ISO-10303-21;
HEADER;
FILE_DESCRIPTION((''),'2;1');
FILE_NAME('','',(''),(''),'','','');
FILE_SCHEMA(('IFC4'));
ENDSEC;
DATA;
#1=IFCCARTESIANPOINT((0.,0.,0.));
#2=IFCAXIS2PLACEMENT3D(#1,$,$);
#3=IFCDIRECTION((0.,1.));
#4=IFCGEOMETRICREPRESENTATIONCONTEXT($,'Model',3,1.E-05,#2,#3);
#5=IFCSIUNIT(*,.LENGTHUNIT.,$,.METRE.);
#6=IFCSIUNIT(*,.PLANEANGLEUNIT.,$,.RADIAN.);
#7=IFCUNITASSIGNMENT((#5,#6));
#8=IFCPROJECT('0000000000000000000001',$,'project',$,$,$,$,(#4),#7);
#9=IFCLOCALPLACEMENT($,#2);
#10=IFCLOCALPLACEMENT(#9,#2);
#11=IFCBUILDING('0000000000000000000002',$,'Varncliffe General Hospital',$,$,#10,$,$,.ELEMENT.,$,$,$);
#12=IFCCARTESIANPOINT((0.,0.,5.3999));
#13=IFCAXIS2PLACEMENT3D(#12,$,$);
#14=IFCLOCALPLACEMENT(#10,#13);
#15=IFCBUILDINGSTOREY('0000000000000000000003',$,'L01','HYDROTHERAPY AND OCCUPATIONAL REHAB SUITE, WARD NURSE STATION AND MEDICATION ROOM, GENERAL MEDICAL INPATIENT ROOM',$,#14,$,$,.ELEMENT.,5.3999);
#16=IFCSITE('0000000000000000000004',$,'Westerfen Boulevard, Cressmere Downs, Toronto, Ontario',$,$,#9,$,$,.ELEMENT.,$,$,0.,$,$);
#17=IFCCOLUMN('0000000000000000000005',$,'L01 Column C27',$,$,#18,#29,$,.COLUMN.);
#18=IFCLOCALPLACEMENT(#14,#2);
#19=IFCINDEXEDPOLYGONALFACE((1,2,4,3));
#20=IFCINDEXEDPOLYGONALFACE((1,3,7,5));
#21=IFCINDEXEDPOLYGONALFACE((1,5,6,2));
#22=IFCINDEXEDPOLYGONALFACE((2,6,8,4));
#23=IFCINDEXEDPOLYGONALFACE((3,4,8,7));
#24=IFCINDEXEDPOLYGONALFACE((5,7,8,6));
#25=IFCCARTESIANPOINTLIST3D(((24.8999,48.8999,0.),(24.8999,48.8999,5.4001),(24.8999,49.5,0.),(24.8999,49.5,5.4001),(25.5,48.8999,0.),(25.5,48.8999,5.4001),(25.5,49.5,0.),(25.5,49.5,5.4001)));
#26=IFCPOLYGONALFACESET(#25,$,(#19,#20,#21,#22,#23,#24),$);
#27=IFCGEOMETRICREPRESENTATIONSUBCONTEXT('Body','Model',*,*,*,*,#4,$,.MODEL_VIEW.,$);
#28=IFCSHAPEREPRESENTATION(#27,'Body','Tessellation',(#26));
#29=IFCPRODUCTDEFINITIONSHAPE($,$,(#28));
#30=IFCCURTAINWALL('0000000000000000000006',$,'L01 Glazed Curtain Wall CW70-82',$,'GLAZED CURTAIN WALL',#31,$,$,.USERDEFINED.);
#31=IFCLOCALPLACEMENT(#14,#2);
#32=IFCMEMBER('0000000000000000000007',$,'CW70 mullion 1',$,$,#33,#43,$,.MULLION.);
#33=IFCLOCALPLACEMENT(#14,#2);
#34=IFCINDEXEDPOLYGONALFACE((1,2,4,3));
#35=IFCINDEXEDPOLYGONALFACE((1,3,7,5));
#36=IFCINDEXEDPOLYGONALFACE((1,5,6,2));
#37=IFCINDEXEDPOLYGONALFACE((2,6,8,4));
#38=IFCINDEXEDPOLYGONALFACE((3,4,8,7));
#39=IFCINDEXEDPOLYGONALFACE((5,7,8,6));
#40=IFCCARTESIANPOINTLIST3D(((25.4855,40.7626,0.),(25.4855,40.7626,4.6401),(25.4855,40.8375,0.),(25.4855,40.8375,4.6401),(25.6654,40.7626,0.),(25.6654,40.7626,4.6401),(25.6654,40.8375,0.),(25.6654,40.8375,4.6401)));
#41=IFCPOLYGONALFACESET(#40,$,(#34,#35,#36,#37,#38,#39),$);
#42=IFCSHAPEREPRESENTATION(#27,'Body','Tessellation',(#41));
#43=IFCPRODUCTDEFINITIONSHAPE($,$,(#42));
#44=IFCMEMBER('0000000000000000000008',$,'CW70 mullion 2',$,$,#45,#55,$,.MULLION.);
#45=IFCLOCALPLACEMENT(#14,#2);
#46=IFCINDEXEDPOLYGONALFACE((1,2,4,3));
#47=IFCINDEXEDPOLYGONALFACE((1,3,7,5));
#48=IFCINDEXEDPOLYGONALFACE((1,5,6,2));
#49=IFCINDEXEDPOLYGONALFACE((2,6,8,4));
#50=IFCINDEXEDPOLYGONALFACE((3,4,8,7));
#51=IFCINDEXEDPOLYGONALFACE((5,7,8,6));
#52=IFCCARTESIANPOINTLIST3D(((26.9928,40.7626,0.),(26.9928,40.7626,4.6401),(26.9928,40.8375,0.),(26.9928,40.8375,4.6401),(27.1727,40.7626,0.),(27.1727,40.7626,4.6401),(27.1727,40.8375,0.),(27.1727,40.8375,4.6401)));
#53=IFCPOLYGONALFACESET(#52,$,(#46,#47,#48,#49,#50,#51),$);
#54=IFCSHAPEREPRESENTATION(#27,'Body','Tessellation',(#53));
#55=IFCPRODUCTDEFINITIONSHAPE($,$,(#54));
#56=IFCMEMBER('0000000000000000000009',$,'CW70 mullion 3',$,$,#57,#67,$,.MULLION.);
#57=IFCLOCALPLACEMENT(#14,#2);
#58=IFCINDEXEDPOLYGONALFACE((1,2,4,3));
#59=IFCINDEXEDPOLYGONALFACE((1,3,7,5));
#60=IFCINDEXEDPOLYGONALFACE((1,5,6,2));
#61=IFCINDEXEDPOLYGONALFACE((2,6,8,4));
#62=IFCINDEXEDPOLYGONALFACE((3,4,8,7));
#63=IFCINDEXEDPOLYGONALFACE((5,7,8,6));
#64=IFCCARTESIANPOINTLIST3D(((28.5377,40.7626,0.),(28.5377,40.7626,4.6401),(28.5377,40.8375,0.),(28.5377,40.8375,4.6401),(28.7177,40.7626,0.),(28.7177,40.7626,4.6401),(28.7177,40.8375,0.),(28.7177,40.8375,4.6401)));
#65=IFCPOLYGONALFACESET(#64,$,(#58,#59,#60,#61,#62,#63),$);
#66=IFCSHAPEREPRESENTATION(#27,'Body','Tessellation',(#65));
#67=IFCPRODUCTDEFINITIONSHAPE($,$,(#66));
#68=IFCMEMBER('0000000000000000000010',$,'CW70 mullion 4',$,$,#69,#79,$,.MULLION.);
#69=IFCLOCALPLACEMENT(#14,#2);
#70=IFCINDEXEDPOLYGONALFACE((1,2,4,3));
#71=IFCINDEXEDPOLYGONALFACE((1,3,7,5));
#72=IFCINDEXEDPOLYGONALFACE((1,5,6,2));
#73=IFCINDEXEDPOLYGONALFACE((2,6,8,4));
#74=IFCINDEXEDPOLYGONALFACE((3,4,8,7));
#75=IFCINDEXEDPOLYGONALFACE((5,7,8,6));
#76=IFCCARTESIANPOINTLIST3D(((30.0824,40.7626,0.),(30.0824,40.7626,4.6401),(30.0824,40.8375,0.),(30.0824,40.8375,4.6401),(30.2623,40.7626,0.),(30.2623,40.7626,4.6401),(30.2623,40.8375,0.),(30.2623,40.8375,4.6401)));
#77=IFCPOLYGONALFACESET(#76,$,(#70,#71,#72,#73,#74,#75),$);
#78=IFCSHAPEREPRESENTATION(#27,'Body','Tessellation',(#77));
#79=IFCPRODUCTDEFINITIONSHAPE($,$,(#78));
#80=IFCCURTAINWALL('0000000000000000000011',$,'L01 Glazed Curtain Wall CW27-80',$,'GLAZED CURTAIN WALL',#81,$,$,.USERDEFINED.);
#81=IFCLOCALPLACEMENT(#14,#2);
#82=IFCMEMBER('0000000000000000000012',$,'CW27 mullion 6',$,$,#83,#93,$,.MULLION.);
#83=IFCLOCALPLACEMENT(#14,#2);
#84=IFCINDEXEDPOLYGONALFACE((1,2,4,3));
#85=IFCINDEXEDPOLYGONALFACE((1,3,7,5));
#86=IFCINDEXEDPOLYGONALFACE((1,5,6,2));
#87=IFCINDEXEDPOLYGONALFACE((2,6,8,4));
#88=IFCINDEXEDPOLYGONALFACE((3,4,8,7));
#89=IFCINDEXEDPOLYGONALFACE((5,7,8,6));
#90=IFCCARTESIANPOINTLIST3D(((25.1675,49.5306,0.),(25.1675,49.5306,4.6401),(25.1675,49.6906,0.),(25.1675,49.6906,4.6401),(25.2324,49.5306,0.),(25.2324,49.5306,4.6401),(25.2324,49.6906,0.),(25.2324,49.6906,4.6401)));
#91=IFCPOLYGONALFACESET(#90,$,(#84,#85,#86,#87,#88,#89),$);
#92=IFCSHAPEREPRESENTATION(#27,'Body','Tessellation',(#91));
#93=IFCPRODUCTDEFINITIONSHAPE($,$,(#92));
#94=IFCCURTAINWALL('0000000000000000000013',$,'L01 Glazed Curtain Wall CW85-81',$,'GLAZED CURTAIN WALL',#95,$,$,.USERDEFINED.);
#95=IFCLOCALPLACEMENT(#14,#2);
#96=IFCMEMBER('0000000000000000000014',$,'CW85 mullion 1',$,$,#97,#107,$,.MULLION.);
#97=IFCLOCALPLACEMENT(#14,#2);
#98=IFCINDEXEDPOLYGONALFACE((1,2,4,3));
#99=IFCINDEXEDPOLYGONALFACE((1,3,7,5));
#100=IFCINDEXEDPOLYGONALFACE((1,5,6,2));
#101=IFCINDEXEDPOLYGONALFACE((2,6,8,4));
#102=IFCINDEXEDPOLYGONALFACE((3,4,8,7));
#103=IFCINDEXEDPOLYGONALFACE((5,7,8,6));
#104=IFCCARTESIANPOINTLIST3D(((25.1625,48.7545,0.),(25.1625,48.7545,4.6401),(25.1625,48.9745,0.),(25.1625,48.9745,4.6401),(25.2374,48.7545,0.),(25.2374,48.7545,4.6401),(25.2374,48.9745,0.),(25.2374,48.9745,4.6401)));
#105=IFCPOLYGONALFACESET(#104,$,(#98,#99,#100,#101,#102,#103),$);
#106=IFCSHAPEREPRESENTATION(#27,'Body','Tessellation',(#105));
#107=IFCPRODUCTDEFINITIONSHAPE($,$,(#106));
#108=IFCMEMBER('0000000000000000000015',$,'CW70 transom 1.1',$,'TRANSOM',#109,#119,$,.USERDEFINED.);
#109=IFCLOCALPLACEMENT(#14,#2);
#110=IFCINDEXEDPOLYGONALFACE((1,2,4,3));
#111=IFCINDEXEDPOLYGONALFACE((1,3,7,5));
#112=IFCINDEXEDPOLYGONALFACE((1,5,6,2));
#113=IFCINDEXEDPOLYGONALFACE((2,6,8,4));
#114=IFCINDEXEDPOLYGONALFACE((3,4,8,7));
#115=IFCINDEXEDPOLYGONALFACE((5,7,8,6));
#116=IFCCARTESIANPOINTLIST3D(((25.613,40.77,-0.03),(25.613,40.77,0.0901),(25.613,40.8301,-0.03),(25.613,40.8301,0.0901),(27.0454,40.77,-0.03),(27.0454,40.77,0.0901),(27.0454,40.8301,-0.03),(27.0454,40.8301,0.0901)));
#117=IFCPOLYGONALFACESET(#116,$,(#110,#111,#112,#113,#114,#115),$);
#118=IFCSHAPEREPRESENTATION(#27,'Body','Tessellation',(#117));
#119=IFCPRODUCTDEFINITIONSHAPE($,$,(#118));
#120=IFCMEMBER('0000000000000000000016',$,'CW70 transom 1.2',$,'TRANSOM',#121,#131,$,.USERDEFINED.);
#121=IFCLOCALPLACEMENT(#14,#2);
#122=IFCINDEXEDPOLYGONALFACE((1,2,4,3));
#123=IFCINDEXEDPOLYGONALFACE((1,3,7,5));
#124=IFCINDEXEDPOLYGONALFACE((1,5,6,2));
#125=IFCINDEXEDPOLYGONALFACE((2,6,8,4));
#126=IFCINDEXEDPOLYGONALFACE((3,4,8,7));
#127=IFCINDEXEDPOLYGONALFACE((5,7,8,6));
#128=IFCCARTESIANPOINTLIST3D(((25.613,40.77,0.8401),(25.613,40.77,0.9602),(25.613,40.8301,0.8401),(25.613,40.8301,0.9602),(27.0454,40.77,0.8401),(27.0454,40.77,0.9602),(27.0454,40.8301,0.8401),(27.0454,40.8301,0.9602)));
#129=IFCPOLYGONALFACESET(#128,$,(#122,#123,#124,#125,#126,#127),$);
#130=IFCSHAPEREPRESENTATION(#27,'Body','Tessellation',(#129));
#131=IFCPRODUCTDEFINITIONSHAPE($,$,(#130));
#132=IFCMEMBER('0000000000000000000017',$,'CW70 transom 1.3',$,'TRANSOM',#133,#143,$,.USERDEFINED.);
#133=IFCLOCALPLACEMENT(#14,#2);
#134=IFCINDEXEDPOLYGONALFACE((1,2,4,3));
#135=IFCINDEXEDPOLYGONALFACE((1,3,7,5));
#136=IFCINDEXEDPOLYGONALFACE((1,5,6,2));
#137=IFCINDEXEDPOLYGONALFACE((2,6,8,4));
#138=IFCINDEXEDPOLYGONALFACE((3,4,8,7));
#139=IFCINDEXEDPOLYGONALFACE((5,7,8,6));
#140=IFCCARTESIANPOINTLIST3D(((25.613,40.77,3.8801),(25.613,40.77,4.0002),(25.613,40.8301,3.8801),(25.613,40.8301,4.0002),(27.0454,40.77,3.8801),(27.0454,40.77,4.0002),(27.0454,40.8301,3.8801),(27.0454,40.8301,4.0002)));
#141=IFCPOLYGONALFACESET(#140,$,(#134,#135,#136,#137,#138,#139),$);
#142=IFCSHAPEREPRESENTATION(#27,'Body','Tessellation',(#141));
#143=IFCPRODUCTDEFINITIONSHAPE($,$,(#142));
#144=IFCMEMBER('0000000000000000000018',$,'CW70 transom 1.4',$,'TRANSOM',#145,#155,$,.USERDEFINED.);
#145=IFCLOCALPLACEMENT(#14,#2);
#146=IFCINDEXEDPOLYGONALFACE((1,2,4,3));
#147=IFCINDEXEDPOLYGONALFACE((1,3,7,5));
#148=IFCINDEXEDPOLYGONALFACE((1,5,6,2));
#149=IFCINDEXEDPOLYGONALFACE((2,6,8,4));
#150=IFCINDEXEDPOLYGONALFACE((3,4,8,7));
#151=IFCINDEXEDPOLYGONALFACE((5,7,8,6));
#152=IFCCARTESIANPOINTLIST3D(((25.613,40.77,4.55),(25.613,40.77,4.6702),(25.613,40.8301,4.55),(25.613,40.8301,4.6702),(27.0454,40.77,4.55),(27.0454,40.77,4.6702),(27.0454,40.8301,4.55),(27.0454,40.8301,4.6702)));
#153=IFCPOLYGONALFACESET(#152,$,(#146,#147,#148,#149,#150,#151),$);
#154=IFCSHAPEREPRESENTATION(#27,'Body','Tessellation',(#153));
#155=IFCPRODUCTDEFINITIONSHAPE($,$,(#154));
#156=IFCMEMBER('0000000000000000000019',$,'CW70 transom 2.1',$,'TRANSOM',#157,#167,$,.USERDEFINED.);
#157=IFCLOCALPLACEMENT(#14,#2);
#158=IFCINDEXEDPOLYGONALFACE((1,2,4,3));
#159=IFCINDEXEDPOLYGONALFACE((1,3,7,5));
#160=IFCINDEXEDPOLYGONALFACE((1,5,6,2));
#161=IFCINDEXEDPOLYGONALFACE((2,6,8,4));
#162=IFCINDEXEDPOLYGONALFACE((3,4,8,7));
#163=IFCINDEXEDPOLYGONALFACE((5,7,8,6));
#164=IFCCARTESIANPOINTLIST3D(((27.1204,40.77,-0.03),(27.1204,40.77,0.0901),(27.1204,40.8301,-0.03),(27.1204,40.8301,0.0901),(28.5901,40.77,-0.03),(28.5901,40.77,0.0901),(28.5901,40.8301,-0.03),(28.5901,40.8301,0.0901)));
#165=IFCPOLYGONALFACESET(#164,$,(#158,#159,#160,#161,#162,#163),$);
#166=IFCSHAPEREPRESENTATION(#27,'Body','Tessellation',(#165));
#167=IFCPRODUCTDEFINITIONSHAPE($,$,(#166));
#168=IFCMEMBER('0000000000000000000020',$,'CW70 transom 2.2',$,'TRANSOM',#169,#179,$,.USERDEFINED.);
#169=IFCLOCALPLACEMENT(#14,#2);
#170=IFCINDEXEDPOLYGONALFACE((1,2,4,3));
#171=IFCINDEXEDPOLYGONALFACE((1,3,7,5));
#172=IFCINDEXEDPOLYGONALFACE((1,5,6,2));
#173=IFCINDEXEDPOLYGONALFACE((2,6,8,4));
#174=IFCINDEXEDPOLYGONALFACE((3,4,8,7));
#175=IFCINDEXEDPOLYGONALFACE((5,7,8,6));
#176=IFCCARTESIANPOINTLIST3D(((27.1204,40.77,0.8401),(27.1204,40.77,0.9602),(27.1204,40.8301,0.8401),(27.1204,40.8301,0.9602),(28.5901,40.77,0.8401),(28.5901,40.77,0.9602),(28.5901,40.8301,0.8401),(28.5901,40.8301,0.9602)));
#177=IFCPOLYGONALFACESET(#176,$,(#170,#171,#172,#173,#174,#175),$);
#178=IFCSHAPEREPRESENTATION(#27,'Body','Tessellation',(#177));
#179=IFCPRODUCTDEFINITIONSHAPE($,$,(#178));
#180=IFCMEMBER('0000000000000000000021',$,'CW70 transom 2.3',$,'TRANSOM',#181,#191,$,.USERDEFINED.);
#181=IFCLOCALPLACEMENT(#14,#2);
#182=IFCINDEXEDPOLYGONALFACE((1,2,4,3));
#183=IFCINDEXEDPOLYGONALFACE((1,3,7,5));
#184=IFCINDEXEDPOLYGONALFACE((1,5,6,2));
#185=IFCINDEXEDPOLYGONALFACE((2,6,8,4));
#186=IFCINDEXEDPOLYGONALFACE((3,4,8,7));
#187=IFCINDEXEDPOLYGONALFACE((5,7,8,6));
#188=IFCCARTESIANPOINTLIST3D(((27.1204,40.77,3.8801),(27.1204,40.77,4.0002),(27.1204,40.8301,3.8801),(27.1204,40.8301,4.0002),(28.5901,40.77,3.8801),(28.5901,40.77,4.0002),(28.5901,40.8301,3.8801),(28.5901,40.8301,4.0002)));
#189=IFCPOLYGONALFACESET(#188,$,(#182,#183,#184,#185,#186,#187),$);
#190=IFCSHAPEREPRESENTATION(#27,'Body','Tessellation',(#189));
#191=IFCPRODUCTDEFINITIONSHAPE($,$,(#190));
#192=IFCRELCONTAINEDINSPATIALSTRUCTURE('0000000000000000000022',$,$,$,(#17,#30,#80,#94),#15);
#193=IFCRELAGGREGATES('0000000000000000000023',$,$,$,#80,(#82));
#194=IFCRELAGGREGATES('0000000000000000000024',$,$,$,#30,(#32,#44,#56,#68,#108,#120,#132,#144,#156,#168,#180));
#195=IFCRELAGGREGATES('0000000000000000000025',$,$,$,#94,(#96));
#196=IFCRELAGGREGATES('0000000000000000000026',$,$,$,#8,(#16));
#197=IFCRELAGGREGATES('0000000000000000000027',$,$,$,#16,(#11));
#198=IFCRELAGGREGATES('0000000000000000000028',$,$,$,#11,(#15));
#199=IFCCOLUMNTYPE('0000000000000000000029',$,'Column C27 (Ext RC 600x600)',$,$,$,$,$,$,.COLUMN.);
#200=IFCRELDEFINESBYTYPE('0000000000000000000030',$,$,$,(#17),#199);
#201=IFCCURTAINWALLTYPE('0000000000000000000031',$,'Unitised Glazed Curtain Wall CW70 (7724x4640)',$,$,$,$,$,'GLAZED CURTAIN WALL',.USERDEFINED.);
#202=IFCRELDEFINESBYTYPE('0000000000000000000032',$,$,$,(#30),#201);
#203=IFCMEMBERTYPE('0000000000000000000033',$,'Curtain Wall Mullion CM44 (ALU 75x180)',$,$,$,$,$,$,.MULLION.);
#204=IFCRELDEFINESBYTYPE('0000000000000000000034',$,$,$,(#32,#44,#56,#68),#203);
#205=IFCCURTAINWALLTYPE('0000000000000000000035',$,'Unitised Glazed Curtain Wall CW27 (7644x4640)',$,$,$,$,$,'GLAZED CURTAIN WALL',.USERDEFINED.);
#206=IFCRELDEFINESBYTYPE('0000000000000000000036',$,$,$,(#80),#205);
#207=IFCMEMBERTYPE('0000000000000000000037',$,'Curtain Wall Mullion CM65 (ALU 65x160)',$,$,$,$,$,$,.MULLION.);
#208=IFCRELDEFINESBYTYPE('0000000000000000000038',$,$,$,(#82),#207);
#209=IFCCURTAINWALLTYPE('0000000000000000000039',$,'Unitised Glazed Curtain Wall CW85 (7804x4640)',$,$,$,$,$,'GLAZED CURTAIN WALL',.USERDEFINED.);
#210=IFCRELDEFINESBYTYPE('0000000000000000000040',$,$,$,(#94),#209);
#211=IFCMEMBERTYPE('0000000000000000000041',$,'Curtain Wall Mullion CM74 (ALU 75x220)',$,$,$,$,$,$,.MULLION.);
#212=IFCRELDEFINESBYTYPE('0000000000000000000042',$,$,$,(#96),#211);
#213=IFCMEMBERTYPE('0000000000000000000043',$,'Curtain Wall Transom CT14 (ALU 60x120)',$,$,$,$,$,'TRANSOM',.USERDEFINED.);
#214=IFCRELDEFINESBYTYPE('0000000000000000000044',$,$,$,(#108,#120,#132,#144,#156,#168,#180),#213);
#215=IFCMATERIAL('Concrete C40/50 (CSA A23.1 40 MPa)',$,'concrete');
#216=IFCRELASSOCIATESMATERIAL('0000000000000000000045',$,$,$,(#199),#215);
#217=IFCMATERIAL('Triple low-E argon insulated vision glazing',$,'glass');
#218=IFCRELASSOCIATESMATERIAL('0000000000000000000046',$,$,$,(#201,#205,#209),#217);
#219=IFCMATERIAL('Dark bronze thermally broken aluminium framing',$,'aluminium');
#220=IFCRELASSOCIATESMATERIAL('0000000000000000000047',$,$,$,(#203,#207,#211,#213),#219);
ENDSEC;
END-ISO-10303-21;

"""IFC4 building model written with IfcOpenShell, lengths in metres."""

from ifc_helpers import new_model, si_unit, direction, frame, origin, origin_2d, place, context, subcontext, project, spatial, rectangle, extrude, material, material_profile, profile_set, type_object, element, aggregate, save


model = new_model("IFC4")

# Units and contexts
model_context = context("Model", 3, precision=1e-05, world=origin(), true_north=direction((0.0, 1.0)))
body_context = subcontext(model_context, "Body", "Model", "MODEL_VIEW")
ifc_project = project(units=[si_unit("LENGTHUNIT", "METRE"), si_unit("PLANEANGLEUNIT", "RADIAN")], contexts=[model_context])

# Site, building, storey
site_placement = place(None, origin())
site = spatial("IfcSite", under=ifc_project, at=site_placement, Name="Westerfen Boulevard, Cressmere Downs, Toronto, Ontario", CompositionType="ELEMENT", RefElevation=0.0)
building_placement = place(site_placement, origin())
building = spatial("IfcBuilding", under=site, at=building_placement, Name="Varncliffe General Hospital", CompositionType="ELEMENT")
storey_placement = place(building_placement, frame((0.0, 0.0, 5.3999)))
storey = spatial("IfcBuildingStorey", under=building, at=storey_placement, Name="L01", Description="HYDROTHERAPY AND OCCUPATIONAL REHAB SUITE, WARD NURSE STATION AND MEDICATION ROOM, GENERAL MEDICAL INPATIENT ROOM", CompositionType="ELEMENT", Elevation=5.3999)

# Column
ifc_material_1 = material(Name="Concrete C40/50 (CSA A23.1 40 MPa)", Category="concrete")
ifc_material_profile_1 = material_profile(ifc_material_1, rectangle(XDim=0.6001, YDim=0.6001, at=origin_2d()), Name="RC 600x600")
ifc_profile_set_1 = profile_set([ifc_material_profile_1], Name="Concrete C40/50 (CSA A23.1 40 MPa)")
column_type = type_object("IfcColumnType", Name="Column C27 (Ext RC 600x600)", PredefinedType="COLUMN", material=ifc_profile_set_1)
column_placement = place(storey_placement, frame((25.2, 49.2, 0.0), z_axis=(0.0, 0.0, 1.0), x_axis=(1.0, 0.0, 0.0)))
element("IfcColumn", 1, at=column_placement, inside=storey, type_object=column_type, Name="L01 Column C27", PredefinedType="COLUMN", context=body_context, shape_type="SweptSolid", body=[
    extrude(rectangle(XDim=0.6001, YDim=0.6001, at=origin_2d()), origin(), (0.0, 0.0, 1.0), 5.4001),
])

# Curtain wall, members
ifc_material_2 = material(Name="Triple low-E argon insulated vision glazing", Category="glass")
curtain_wall_type_1 = type_object("IfcCurtainWallType", Name="Unitised Glazed Curtain Wall CW70 (7724x4640)", ElementType="GLAZED CURTAIN WALL", PredefinedType="USERDEFINED", material=ifc_material_2)
curtain_wall_1_placement = place(storey_placement, origin())
curtain_wall_1 = element("IfcCurtainWall", 2, at=curtain_wall_1_placement, inside=storey, type_object=curtain_wall_type_1, Name="L01 Glazed Curtain Wall CW70-82", ObjectType="GLAZED CURTAIN WALL", PredefinedType="USERDEFINED")
ifc_material_3 = material(Name="Dark bronze thermally broken aluminium framing", Category="aluminium")
ifc_material_profile_2 = material_profile(ifc_material_3, rectangle(XDim=0.075, YDim=0.1799, at=origin_2d()), Name="ALU 75x180")
ifc_profile_set_2 = profile_set([ifc_material_profile_2], Name="Dark bronze thermally broken aluminium framing")
member_type_1 = type_object("IfcMemberType", Name="Curtain Wall Mullion CM44 (ALU 75x180)", PredefinedType="MULLION", material=ifc_profile_set_2)
member_1_placement = place(storey_placement, frame((25.5754, 40.8, 0.0), z_axis=(0.0, 0.0, 1.0), x_axis=(0.0, 1.0, 0.0)))
member_1 = element("IfcMember", 3, at=member_1_placement, type_object=member_type_1, Name="CW70 mullion 1", PredefinedType="MULLION", context=body_context, shape_type="SweptSolid", body=[
    extrude(rectangle(XDim=0.075, YDim=0.1799, at=origin_2d()), origin(), (0.0, 0.0, 1.0), 4.6401),
])
member_2_placement = place(storey_placement, frame((27.0828, 40.8, 0.0), z_axis=(0.0, 0.0, 1.0), x_axis=(0.0, 1.0, 0.0)))
member_2 = element("IfcMember", 4, at=member_2_placement, type_object=member_type_1, Name="CW70 mullion 2", PredefinedType="MULLION", context=body_context, shape_type="SweptSolid", body=[
    extrude(rectangle(XDim=0.075, YDim=0.1799, at=origin_2d()), origin(), (0.0, 0.0, 1.0), 4.6401),
])
member_3_placement = place(storey_placement, frame((28.6277, 40.8, 0.0), z_axis=(0.0, 0.0, 1.0), x_axis=(0.0, 1.0, 0.0)))
member_3 = element("IfcMember", 5, at=member_3_placement, type_object=member_type_1, Name="CW70 mullion 3", PredefinedType="MULLION", context=body_context, shape_type="SweptSolid", body=[
    extrude(rectangle(XDim=0.075, YDim=0.1799, at=origin_2d()), origin(), (0.0, 0.0, 1.0), 4.6401),
])
member_4_placement = place(storey_placement, frame((30.1724, 40.8, 0.0), z_axis=(0.0, 0.0, 1.0), x_axis=(0.0, 1.0, 0.0)))
member_4 = element("IfcMember", 6, at=member_4_placement, type_object=member_type_1, Name="CW70 mullion 4", PredefinedType="MULLION", context=body_context, shape_type="SweptSolid", body=[
    extrude(rectangle(XDim=0.075, YDim=0.1799, at=origin_2d()), origin(), (0.0, 0.0, 1.0), 4.6401),
])

# Curtain walls, members
curtain_wall_type_2 = type_object("IfcCurtainWallType", Name="Unitised Glazed Curtain Wall CW27 (7644x4640)", ElementType="GLAZED CURTAIN WALL", PredefinedType="USERDEFINED", material=ifc_material_2)
curtain_wall_2_placement = place(storey_placement, origin())
curtain_wall_2 = element("IfcCurtainWall", 7, at=curtain_wall_2_placement, inside=storey, type_object=curtain_wall_type_2, Name="L01 Glazed Curtain Wall CW27-80", ObjectType="GLAZED CURTAIN WALL", PredefinedType="USERDEFINED")
ifc_material_profile_3 = material_profile(ifc_material_3, rectangle(XDim=0.0649, YDim=0.1599, at=origin_2d()), Name="ALU 65x160")
ifc_profile_set_3 = profile_set([ifc_material_profile_3], Name="Dark bronze thermally broken aluminium framing")
member_type_2 = type_object("IfcMemberType", Name="Curtain Wall Mullion CM65 (ALU 65x160)", PredefinedType="MULLION", material=ifc_profile_set_3)
member_5_placement = place(storey_placement, frame((25.2, 49.6106, 0.0), z_axis=(0.0, 0.0, 1.0), x_axis=(1.0, 0.0, 0.0)))
member_5 = element("IfcMember", 8, at=member_5_placement, type_object=member_type_2, Name="CW27 mullion 6", PredefinedType="MULLION", context=body_context, shape_type="SweptSolid", body=[
    extrude(rectangle(XDim=0.0649, YDim=0.1599, at=origin_2d()), origin(), (0.0, 0.0, 1.0), 4.6401),
])
aggregate(curtain_wall_2, [member_5])
curtain_wall_type_3 = type_object("IfcCurtainWallType", Name="Unitised Glazed Curtain Wall CW85 (7804x4640)", ElementType="GLAZED CURTAIN WALL", PredefinedType="USERDEFINED", material=ifc_material_2)
curtain_wall_3_placement = place(storey_placement, origin())
curtain_wall_3 = element("IfcCurtainWall", 9, at=curtain_wall_3_placement, inside=storey, type_object=curtain_wall_type_3, Name="L01 Glazed Curtain Wall CW85-81", ObjectType="GLAZED CURTAIN WALL", PredefinedType="USERDEFINED")
ifc_material_profile_4 = material_profile(ifc_material_3, rectangle(XDim=0.075, YDim=0.22, at=origin_2d()), Name="ALU 75x220")
ifc_profile_set_4 = profile_set([ifc_material_profile_4], Name="Dark bronze thermally broken aluminium framing")
member_type_3 = type_object("IfcMemberType", Name="Curtain Wall Mullion CM74 (ALU 75x220)", PredefinedType="MULLION", material=ifc_profile_set_4)
member_6_placement = place(storey_placement, frame((25.2, 48.8645, 0.0), z_axis=(0.0, 0.0, 1.0), x_axis=(1.0, 0.0, 0.0)))
member_6 = element("IfcMember", 10, at=member_6_placement, type_object=member_type_3, Name="CW85 mullion 1", PredefinedType="MULLION", context=body_context, shape_type="SweptSolid", body=[
    extrude(rectangle(XDim=0.075, YDim=0.22, at=origin_2d()), origin(), (0.0, 0.0, 1.0), 4.6401),
])

# Members
ifc_material_profile_5 = material_profile(ifc_material_3, rectangle(XDim=0.0601, YDim=0.1201, at=origin_2d()), Name="ALU 60x120")
ifc_profile_set_5 = profile_set([ifc_material_profile_5], Name="Dark bronze thermally broken aluminium framing")
member_type_4 = type_object("IfcMemberType", Name="Curtain Wall Transom CT14 (ALU 60x120)", ElementType="TRANSOM", PredefinedType="USERDEFINED", material=ifc_profile_set_5)
member_7_placement = place(storey_placement, frame((25.613, 40.8, 0.03), z_axis=(1.0, 0.0, 0.0), x_axis=(0.0, 1.0, 0.0)))
member_7 = element("IfcMember", 11, at=member_7_placement, type_object=member_type_4, Name="CW70 transom 1.1", ObjectType="TRANSOM", PredefinedType="USERDEFINED", context=body_context, shape_type="SweptSolid", body=[
    extrude(rectangle(XDim=0.0601, YDim=0.1201, at=origin_2d()), origin(), (0.0, 0.0, 1.0), 1.4324),
])
member_8_placement = place(storey_placement, frame((25.613, 40.8, 0.9001), z_axis=(1.0, 0.0, 0.0), x_axis=(0.0, 1.0, 0.0)))
member_8 = element("IfcMember", 12, at=member_8_placement, type_object=member_type_4, Name="CW70 transom 1.2", ObjectType="TRANSOM", PredefinedType="USERDEFINED", context=body_context, shape_type="SweptSolid", body=[
    extrude(rectangle(XDim=0.0601, YDim=0.1201, at=origin_2d()), origin(), (0.0, 0.0, 1.0), 1.4324),
])
member_9_placement = place(storey_placement, frame((25.613, 40.8, 3.9402), z_axis=(1.0, 0.0, 0.0), x_axis=(0.0, 1.0, 0.0)))
member_9 = element("IfcMember", 13, at=member_9_placement, type_object=member_type_4, Name="CW70 transom 1.3", ObjectType="TRANSOM", PredefinedType="USERDEFINED", context=body_context, shape_type="SweptSolid", body=[
    extrude(rectangle(XDim=0.0601, YDim=0.1201, at=origin_2d()), origin(), (0.0, 0.0, 1.0), 1.4324),
])
member_10_placement = place(storey_placement, frame((25.613, 40.8, 4.6101), z_axis=(1.0, 0.0, 0.0), x_axis=(0.0, 1.0, 0.0)))
member_10 = element("IfcMember", 14, at=member_10_placement, type_object=member_type_4, Name="CW70 transom 1.4", ObjectType="TRANSOM", PredefinedType="USERDEFINED", context=body_context, shape_type="SweptSolid", body=[
    extrude(rectangle(XDim=0.0601, YDim=0.1201, at=origin_2d()), origin(), (0.0, 0.0, 1.0), 1.4324),
])
member_11_placement = place(storey_placement, frame((27.1204, 40.8, 0.03), z_axis=(1.0, 0.0, 0.0), x_axis=(0.0, 1.0, 0.0)))
member_11 = element("IfcMember", 15, at=member_11_placement, type_object=member_type_4, Name="CW70 transom 2.1", ObjectType="TRANSOM", PredefinedType="USERDEFINED", context=body_context, shape_type="SweptSolid", body=[
    extrude(rectangle(XDim=0.0601, YDim=0.1201, at=origin_2d()), origin(), (0.0, 0.0, 1.0), 1.4697),
])
member_12_placement = place(storey_placement, frame((27.1204, 40.8, 0.9001), z_axis=(1.0, 0.0, 0.0), x_axis=(0.0, 1.0, 0.0)))
member_12 = element("IfcMember", 16, at=member_12_placement, type_object=member_type_4, Name="CW70 transom 2.2", ObjectType="TRANSOM", PredefinedType="USERDEFINED", context=body_context, shape_type="SweptSolid", body=[
    extrude(rectangle(XDim=0.0601, YDim=0.1201, at=origin_2d()), origin(), (0.0, 0.0, 1.0), 1.4697),
])
member_13_placement = place(storey_placement, frame((27.1204, 40.8, 3.9402), z_axis=(1.0, 0.0, 0.0), x_axis=(0.0, 1.0, 0.0)))
member_13 = element("IfcMember", 17, at=member_13_placement, type_object=member_type_4, Name="CW70 transom 2.3", ObjectType="TRANSOM", PredefinedType="USERDEFINED", context=body_context, shape_type="SweptSolid", body=[
    extrude(rectangle(XDim=0.0601, YDim=0.1201, at=origin_2d()), origin(), (0.0, 0.0, 1.0), 1.4697),
])

aggregate(curtain_wall_1, [member_1, member_2, member_3, member_4, member_7, member_8, member_9, member_10, member_11, member_12, member_13])
aggregate(curtain_wall_3, [member_6])

save(model, "model.ifc")
